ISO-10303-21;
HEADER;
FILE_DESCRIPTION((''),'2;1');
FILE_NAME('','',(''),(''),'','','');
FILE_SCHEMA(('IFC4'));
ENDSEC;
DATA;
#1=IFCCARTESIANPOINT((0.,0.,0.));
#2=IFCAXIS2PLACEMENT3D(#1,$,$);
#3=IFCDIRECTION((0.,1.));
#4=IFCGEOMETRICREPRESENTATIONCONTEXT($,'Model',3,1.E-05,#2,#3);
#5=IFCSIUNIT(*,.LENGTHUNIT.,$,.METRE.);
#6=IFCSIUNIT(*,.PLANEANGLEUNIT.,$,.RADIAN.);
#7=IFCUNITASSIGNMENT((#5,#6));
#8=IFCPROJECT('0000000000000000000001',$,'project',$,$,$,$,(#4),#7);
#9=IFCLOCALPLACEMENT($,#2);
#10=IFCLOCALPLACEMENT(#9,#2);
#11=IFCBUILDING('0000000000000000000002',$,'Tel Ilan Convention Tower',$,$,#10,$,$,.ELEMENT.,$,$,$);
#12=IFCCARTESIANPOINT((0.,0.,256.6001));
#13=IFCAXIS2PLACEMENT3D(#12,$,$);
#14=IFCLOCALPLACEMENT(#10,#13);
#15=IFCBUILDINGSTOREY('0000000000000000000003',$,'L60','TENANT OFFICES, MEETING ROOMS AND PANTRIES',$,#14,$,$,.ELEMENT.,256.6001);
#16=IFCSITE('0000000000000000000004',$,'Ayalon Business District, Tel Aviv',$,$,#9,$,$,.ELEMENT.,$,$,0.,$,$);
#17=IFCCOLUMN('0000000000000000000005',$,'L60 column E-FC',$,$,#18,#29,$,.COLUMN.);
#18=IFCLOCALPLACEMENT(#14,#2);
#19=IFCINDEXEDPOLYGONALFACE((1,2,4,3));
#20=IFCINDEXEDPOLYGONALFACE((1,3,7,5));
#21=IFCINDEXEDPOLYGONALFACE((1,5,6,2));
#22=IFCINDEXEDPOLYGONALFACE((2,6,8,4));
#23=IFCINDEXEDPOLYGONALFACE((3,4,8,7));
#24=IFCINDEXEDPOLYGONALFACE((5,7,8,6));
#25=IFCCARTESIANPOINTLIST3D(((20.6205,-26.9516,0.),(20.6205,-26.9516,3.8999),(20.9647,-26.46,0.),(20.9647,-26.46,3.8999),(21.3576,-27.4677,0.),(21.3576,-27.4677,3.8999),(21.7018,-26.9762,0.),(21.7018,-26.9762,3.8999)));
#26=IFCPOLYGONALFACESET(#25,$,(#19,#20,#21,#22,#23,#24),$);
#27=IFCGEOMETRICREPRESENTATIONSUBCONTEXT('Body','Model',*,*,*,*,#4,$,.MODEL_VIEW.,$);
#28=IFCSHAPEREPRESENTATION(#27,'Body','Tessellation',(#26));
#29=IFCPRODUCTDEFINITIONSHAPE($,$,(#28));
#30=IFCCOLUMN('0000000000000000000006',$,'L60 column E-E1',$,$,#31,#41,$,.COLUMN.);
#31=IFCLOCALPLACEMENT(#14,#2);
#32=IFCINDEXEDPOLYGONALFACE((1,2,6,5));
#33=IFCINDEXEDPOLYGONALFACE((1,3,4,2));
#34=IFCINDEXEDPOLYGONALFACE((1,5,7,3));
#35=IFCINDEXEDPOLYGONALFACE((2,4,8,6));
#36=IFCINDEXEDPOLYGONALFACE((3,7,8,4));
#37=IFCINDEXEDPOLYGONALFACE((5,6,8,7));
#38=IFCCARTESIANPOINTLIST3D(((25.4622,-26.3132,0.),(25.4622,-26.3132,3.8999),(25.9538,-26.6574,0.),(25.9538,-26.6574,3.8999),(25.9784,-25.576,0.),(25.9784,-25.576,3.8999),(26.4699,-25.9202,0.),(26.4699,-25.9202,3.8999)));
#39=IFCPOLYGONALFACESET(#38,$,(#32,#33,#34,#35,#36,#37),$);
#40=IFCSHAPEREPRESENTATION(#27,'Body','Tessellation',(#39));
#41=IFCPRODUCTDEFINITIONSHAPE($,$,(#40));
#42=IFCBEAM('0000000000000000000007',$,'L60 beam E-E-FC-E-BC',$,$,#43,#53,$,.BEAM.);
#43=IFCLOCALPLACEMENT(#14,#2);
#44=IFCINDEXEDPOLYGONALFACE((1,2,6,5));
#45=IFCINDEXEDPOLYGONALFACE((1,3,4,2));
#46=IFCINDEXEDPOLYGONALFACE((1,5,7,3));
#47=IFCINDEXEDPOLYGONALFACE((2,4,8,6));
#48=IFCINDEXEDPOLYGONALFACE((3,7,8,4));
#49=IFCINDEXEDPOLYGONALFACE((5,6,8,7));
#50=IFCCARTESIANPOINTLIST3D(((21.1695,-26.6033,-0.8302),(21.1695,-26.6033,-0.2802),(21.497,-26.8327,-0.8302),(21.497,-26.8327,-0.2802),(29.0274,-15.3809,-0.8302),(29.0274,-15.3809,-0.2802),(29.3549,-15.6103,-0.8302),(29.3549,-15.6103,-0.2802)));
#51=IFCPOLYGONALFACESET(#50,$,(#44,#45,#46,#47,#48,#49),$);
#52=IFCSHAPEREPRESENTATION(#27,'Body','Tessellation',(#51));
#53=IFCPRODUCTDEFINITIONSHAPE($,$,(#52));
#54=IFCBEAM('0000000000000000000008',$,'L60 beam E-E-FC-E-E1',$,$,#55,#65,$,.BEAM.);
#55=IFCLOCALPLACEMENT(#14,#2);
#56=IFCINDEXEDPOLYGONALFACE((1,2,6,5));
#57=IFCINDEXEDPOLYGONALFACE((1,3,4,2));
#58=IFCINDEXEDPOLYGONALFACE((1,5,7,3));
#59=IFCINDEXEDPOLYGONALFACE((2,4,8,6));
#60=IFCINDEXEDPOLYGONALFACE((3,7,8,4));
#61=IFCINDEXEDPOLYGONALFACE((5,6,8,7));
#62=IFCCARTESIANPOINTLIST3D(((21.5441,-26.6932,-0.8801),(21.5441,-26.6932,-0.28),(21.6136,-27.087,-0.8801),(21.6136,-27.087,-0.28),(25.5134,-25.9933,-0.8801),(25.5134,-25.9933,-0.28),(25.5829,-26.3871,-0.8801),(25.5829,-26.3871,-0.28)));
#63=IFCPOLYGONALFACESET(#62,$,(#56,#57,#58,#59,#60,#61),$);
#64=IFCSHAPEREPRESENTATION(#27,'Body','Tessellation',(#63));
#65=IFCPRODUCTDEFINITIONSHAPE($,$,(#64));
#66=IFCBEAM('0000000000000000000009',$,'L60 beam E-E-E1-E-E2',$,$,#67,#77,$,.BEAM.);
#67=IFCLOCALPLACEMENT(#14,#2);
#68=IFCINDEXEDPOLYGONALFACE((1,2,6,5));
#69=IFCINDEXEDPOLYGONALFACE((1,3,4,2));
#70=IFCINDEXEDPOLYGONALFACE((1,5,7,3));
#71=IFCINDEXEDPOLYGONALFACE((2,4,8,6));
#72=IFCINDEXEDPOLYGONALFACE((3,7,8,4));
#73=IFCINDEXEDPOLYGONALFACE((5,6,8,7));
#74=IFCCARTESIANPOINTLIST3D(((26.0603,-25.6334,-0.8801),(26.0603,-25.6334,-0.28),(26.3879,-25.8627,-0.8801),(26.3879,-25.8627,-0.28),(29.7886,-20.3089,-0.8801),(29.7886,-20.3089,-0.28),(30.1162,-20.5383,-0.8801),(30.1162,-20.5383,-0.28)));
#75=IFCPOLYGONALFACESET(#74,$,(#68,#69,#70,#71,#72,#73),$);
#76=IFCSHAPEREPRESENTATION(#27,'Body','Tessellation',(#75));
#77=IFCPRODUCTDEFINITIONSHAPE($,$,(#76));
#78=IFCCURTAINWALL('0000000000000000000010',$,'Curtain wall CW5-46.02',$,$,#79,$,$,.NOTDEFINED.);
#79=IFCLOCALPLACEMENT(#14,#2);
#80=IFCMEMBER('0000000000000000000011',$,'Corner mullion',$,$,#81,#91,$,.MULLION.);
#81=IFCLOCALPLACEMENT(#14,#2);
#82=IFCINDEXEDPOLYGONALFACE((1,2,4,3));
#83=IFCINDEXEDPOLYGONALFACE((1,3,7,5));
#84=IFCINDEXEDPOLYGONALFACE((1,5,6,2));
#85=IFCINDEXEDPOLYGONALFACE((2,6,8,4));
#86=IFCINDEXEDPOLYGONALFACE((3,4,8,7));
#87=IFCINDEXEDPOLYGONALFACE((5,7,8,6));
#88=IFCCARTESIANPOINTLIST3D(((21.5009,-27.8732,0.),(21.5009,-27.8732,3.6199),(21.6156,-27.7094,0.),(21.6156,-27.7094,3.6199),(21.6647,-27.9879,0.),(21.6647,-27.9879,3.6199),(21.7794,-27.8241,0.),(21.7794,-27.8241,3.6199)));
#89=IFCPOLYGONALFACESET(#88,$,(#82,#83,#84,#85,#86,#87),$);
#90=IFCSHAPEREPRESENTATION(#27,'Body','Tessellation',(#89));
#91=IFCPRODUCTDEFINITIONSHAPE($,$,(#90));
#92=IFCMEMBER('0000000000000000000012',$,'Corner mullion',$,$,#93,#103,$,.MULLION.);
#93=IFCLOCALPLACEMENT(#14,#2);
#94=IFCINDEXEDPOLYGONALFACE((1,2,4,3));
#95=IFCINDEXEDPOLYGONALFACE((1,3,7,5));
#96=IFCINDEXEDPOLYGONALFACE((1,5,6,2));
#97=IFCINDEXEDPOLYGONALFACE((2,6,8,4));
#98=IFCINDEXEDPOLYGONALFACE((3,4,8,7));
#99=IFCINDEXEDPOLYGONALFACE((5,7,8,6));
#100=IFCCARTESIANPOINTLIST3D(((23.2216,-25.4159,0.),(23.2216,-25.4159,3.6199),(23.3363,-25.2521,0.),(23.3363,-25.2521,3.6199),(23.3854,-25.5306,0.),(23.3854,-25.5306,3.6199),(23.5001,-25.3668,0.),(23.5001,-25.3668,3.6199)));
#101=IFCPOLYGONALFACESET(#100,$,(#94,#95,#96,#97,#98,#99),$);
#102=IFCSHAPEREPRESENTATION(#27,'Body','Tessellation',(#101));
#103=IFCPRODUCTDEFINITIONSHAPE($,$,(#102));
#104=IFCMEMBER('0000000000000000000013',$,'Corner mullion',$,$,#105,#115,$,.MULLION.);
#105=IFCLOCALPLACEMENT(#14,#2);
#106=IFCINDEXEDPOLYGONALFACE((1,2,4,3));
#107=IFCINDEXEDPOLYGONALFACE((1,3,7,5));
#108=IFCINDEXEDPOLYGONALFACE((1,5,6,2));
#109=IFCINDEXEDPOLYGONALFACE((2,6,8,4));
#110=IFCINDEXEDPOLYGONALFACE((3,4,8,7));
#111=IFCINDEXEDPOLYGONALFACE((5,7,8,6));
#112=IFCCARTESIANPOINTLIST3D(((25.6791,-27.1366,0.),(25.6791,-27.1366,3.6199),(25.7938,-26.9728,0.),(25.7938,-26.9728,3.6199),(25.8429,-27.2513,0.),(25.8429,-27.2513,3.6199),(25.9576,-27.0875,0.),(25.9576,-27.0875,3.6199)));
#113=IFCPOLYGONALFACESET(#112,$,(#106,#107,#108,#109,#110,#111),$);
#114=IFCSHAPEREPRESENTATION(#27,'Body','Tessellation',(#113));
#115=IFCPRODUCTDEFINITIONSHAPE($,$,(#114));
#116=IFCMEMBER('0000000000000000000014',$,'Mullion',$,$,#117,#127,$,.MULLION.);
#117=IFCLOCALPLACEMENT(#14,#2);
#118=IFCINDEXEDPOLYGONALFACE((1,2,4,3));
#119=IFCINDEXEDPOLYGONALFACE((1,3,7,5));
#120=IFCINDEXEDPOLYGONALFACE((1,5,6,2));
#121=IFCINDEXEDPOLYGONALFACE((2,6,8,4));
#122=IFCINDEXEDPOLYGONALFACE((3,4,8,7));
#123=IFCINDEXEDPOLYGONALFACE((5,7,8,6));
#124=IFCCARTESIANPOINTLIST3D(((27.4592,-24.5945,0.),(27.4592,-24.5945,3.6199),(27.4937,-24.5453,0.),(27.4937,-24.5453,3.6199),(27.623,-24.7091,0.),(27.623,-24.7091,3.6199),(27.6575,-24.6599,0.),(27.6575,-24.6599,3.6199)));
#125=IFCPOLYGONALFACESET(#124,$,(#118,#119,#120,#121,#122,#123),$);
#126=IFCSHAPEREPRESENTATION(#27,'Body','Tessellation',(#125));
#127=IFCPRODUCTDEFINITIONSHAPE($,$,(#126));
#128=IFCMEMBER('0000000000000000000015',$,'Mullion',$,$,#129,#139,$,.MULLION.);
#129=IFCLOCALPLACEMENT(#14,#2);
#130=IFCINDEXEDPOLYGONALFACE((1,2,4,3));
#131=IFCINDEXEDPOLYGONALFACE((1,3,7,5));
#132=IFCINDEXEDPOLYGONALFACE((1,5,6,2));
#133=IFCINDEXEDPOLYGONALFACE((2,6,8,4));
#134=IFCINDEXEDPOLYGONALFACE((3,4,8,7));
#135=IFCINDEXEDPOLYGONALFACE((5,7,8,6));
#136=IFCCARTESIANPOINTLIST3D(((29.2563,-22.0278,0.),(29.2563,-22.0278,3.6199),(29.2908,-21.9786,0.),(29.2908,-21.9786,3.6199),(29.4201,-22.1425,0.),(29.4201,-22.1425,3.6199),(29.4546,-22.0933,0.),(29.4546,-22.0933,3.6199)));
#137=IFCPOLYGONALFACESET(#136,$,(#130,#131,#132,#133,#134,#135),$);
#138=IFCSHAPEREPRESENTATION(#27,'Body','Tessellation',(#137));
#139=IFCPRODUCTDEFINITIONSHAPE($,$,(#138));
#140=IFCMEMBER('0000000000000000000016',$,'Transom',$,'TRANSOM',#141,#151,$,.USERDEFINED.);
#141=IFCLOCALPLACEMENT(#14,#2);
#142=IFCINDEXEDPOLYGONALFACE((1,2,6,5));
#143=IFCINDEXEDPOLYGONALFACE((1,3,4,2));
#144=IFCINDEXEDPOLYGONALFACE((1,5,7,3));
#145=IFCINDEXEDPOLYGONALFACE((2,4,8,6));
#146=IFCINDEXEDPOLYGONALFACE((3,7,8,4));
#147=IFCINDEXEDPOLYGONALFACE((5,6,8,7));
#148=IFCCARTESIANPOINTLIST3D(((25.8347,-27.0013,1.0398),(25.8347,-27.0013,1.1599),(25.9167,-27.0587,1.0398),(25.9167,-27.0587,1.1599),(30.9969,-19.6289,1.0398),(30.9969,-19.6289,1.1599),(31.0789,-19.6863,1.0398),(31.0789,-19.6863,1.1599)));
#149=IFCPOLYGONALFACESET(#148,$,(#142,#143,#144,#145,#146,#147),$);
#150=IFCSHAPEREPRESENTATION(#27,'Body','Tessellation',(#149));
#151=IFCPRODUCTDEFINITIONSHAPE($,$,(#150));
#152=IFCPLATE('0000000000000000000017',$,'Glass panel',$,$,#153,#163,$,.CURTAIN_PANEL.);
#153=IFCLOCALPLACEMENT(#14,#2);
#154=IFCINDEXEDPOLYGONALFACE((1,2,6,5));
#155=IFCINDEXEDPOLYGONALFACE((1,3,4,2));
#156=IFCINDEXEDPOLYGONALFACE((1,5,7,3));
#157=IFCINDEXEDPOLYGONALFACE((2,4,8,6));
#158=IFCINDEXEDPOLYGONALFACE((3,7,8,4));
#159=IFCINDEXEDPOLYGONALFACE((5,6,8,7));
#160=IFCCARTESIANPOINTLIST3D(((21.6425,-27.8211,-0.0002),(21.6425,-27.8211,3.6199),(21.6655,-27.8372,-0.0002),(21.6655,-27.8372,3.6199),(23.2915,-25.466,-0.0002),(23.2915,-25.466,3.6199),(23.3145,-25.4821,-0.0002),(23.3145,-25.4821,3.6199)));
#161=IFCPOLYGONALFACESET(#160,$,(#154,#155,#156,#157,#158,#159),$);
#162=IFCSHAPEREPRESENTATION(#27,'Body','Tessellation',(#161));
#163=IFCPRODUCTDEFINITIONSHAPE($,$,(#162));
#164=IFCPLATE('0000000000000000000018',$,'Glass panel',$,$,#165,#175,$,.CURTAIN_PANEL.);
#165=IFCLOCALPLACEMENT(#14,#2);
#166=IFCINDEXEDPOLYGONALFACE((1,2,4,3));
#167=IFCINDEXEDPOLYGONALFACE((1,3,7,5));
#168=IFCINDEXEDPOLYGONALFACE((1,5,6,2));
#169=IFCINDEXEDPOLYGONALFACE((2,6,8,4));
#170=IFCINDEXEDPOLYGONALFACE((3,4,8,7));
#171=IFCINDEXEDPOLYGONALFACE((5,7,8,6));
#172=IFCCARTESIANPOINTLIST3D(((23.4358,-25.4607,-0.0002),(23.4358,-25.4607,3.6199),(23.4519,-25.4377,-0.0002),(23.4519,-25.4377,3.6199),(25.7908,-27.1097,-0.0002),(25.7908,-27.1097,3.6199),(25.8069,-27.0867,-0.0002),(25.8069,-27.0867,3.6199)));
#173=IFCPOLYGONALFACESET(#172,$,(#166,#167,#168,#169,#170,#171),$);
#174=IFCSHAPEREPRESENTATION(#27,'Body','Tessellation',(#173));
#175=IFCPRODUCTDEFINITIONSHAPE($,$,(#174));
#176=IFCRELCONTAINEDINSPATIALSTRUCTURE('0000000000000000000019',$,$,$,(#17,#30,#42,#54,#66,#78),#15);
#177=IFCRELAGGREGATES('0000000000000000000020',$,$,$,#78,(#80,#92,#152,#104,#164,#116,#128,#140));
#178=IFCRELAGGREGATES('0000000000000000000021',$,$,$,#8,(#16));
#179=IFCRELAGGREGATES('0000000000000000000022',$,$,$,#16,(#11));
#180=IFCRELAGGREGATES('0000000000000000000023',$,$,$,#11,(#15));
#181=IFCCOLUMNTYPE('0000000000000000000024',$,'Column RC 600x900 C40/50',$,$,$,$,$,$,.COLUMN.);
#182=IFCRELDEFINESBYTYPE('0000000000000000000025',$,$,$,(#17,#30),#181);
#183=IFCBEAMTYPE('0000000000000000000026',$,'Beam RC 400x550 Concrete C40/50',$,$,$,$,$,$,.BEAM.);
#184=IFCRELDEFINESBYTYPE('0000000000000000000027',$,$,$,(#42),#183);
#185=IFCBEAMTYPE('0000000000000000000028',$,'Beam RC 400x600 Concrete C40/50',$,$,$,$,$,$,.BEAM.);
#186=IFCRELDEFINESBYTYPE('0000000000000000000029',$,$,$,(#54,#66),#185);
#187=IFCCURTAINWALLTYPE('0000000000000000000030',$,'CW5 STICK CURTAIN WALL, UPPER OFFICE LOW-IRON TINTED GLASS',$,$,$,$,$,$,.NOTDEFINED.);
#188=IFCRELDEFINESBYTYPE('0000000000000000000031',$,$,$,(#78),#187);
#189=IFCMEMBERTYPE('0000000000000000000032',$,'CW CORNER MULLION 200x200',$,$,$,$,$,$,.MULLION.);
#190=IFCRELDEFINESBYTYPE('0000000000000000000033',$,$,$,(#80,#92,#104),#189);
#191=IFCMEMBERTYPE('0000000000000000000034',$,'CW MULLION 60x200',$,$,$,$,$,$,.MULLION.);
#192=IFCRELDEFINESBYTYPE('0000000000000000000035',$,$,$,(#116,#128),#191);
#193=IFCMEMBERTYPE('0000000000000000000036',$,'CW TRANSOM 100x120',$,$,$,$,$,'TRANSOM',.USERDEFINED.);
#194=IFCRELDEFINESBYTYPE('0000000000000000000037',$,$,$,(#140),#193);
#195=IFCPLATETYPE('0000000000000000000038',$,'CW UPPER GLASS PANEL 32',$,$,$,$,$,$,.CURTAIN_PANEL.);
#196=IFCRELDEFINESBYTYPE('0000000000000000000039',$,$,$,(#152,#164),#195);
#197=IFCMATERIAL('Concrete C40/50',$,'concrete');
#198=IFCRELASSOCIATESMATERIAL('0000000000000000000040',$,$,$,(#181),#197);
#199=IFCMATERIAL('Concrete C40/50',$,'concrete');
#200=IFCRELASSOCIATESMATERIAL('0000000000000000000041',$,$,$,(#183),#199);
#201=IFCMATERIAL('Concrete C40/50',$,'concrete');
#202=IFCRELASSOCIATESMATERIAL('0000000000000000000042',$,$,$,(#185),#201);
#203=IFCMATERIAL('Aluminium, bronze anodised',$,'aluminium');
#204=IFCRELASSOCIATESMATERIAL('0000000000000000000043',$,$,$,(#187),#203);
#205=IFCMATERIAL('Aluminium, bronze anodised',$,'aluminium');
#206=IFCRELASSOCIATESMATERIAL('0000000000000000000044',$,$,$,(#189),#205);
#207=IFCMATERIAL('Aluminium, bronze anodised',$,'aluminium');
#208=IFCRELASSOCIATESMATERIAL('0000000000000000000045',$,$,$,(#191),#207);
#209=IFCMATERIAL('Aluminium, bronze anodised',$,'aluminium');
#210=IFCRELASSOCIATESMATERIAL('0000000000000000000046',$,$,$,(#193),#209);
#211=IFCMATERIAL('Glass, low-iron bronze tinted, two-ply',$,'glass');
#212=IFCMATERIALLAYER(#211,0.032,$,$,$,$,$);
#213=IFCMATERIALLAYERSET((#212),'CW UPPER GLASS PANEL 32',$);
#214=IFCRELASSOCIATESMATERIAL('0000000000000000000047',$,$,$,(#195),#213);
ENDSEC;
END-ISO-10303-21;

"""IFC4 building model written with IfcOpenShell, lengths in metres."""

from ifc_helpers import new_model, si_unit, direction, frame, origin, origin_2d, place, context, subcontext, project, spatial, rectangle, extrude, material, layer, layer_set, material_profile, profile_set, type_object, element, aggregate, save


model = new_model("IFC4")

# Units and contexts
model_context = context("Model", 3, precision=1e-05, world=origin(), true_north=direction((0.0, 1.0)))
body_context = subcontext(model_context, "Body", "Model", "MODEL_VIEW")
ifc_project = project(units=[si_unit("LENGTHUNIT", "METRE"), si_unit("PLANEANGLEUNIT", "RADIAN")], contexts=[model_context])

# Site, building, storey
site_placement = place(None, origin())
site = spatial("IfcSite", under=ifc_project, at=site_placement, Name="Ayalon Business District, Tel Aviv", CompositionType="ELEMENT", RefElevation=0.0)
building_placement = place(site_placement, origin())
building = spatial("IfcBuilding", under=site, at=building_placement, Name="Tel Ilan Convention Tower", CompositionType="ELEMENT")
storey_placement = place(building_placement, frame((0.0, 0.0, 256.6001)))
storey = spatial("IfcBuildingStorey", under=building, at=storey_placement, Name="L60", Description="TENANT OFFICES, MEETING ROOMS AND PANTRIES", CompositionType="ELEMENT", Elevation=256.6001)

# Columns
ifc_material_1 = material(Name="Concrete C40/50", Category="concrete")
ifc_material_profile_1 = material_profile(ifc_material_1, rectangle(XDim=0.8999, YDim=0.6001, at=origin_2d()), Name="RC 600x900")
ifc_profile_set_1 = profile_set([ifc_material_profile_1], Name="Concrete C40/50")
column_type = type_object("IfcColumnType", Name="Column RC 600x900 C40/50", PredefinedType="COLUMN", material=ifc_profile_set_1)
for number, where, z_axis, x_axis, name in (
    (1, (21.1611, -26.9639, 0.0), (0.0, 0.0, 1.0), (0.819152, -0.573576, 0.0), "L60 column E-FC"),
    (2, (25.9661, -26.1167, 0.0), (0.0, 0.0, 1.0), (0.573576, 0.819152, 0.0), "L60 column E-E1"),
):
    element("IfcColumn", number, at=place(storey_placement, frame(where, z_axis=z_axis, x_axis=x_axis)), inside=storey, type_object=column_type, Name=name, PredefinedType="COLUMN", context=body_context, shape_type="SweptSolid", body=[
        extrude(rectangle(XDim=0.8999, YDim=0.6001, at=origin_2d()), origin(), (0.0, 0.0, 1.0), 3.8999),
    ])

# Beams
ifc_material_2 = material(Name="Concrete C40/50", Category="concrete")
ifc_material_profile_2 = material_profile(ifc_material_2, rectangle(XDim=0.3999, YDim=0.55, at=origin_2d()), Name="RC 400x550")
ifc_profile_set_2 = profile_set([ifc_material_profile_2], Name="Concrete C40/50")
beam_type_1 = type_object("IfcBeamType", Name="Beam RC 400x550 Concrete C40/50", PredefinedType="BEAM", material=ifc_profile_set_2)
beam_1_placement = place(storey_placement, frame((21.3333, -26.718, -0.5552), z_axis=(0.573571, 0.819156, 0.0), x_axis=(-0.819156, 0.573571, 0.0)))
element("IfcBeam", 3, at=beam_1_placement, inside=storey, type_object=beam_type_1, Name="L60 beam E-E-FC-E-BC", PredefinedType="BEAM", context=body_context, shape_type="SweptSolid", body=[
    extrude(rectangle(XDim=0.3999, YDim=0.55, at=origin_2d()), origin(), (0.0, 0.0, 1.0), 13.7),
])
ifc_material_3 = material(Name="Concrete C40/50", Category="concrete")
ifc_material_profile_3 = material_profile(ifc_material_3, rectangle(XDim=0.3999, YDim=0.6001, at=origin_2d()), Name="RC 400x600")
ifc_profile_set_3 = profile_set([ifc_material_profile_3], Name="Concrete C40/50")
beam_type_2 = type_object("IfcBeamType", Name="Beam RC 400x600 Concrete C40/50", PredefinedType="BEAM", material=ifc_profile_set_3)
beam_2_placement = place(storey_placement, frame((21.5789, -26.8901, -0.5801), z_axis=(0.984805, 0.173664, 0.0), x_axis=(-0.173664, 0.984805, 0.0)))
element("IfcBeam", 4, at=beam_2_placement, inside=storey, type_object=beam_type_2, Name="L60 beam E-E-FC-E-E1", PredefinedType="BEAM", context=body_context, shape_type="SweptSolid", body=[
    extrude(rectangle(XDim=0.3999, YDim=0.6001, at=origin_2d()), origin(), (0.0, 0.0, 1.0), 4.0305),
])
beam_3_placement = place(storey_placement, frame((26.2241, -25.748, -0.5801), z_axis=(0.573581, 0.819149, 0.0), x_axis=(-0.819149, 0.573581, 0.0)))
element("IfcBeam", 5, at=beam_3_placement, inside=storey, type_object=beam_type_2, Name="L60 beam E-E-E1-E-E2", PredefinedType="BEAM", context=body_context, shape_type="SweptSolid", body=[
    extrude(rectangle(XDim=0.3999, YDim=0.6001, at=origin_2d()), origin(), (0.0, 0.0, 1.0), 6.5),
])

# Curtain wall, members, plates
ifc_material_4 = material(Name="Aluminium, bronze anodised", Category="aluminium")
curtain_wall_type = type_object("IfcCurtainWallType", Name="CW5 STICK CURTAIN WALL, UPPER OFFICE LOW-IRON TINTED GLASS", PredefinedType="NOTDEFINED", material=ifc_material_4)
curtain_wall_placement = place(storey_placement, origin())
curtain_wall = element("IfcCurtainWall", 6, at=curtain_wall_placement, inside=storey, type_object=curtain_wall_type, Name="Curtain wall CW5-46.02", PredefinedType="NOTDEFINED")
ifc_material_5 = material(Name="Aluminium, bronze anodised", Category="aluminium")
ifc_material_profile_4 = material_profile(ifc_material_5, rectangle(XDim=0.2, YDim=0.2, at=origin_2d()), Name="CW CORNER MULLION 200x200")
ifc_profile_set_4 = profile_set([ifc_material_profile_4], Name="Aluminium, bronze anodised")
member_type_1 = type_object("IfcMemberType", Name="CW CORNER MULLION 200x200", PredefinedType="MULLION", material=ifc_profile_set_4)
member_1_placement = place(storey_placement, frame((21.6401, -27.8486, 0.0), z_axis=(0.0, 0.0, 1.0), x_axis=(0.819152, -0.573576, 0.0)))
member_1 = element("IfcMember", 7, at=member_1_placement, type_object=member_type_1, Name="Corner mullion", PredefinedType="MULLION", context=body_context, shape_type="SweptSolid", body=[
    extrude(rectangle(XDim=0.2, YDim=0.2, at=origin_2d()), origin(), (0.0, 0.0, 1.0), 3.6199),
])
member_2_placement = place(storey_placement, frame((23.3608, -25.3914, 0.0), z_axis=(0.0, 0.0, 1.0), x_axis=(0.573576, 0.819152, 0.0)))
member_2 = element("IfcMember", 8, at=member_2_placement, type_object=member_type_1, Name="Corner mullion", PredefinedType="MULLION", context=body_context, shape_type="SweptSolid", body=[
    extrude(rectangle(XDim=0.2, YDim=0.2, at=origin_2d()), origin(), (0.0, 0.0, 1.0), 3.6199),
])
member_3_placement = place(storey_placement, frame((25.8184, -27.1121, 0.0), z_axis=(0.0, 0.0, 1.0), x_axis=(0.819152, -0.573576, 0.0)))
member_3 = element("IfcMember", 9, at=member_3_placement, type_object=member_type_1, Name="Corner mullion", PredefinedType="MULLION", context=body_context, shape_type="SweptSolid", body=[
    extrude(rectangle(XDim=0.2, YDim=0.2, at=origin_2d()), origin(), (0.0, 0.0, 1.0), 3.6199),
])
ifc_material_6 = material(Name="Aluminium, bronze anodised", Category="aluminium")
ifc_material_profile_5 = material_profile(ifc_material_6, rectangle(XDim=0.0601, YDim=0.2, at=origin_2d()), Name="CW MULLION 60x200")
ifc_profile_set_5 = profile_set([ifc_material_profile_5], Name="Aluminium, bronze anodised")
member_type_2 = type_object("IfcMemberType", Name="CW MULLION 60x200", PredefinedType="MULLION", material=ifc_profile_set_5)
member_4_placement = place(storey_placement, frame((27.5583, -24.6272, 0.0), z_axis=(0.0, 0.0, 1.0), x_axis=(0.573576, 0.819152, 0.0)))
member_4 = element("IfcMember", 10, at=member_4_placement, type_object=member_type_2, Name="Mullion", PredefinedType="MULLION", context=body_context, shape_type="SweptSolid", body=[
    extrude(rectangle(XDim=0.0601, YDim=0.2, at=origin_2d()), origin(), (0.0, 0.0, 1.0), 3.6199),
])
member_5_placement = place(storey_placement, frame((29.3555, -22.0605, 0.0), z_axis=(0.0, 0.0, 1.0), x_axis=(0.573576, 0.819152, 0.0)))
member_5 = element("IfcMember", 11, at=member_5_placement, type_object=member_type_2, Name="Mullion", PredefinedType="MULLION", context=body_context, shape_type="SweptSolid", body=[
    extrude(rectangle(XDim=0.0601, YDim=0.2, at=origin_2d()), origin(), (0.0, 0.0, 1.0), 3.6199),
])
ifc_material_7 = material(Name="Aluminium, bronze anodised", Category="aluminium")
ifc_material_profile_6 = material_profile(ifc_material_7, rectangle(XDim=0.1001, YDim=0.1201, at=origin_2d()), Name="CW TRANSOM 100x120")
ifc_profile_set_6 = profile_set([ifc_material_profile_6], Name="Aluminium, bronze anodised")
member_type_3 = type_object("IfcMemberType", Name="CW TRANSOM 100x120", ElementType="TRANSOM", PredefinedType="USERDEFINED", material=ifc_profile_set_6)
member_6_placement = place(storey_placement, frame((25.8757, -27.03, 1.0999), z_axis=(0.573573, 0.819154, 0.0), x_axis=(-0.819154, 0.573573, 0.0)))
member_6 = element("IfcMember", 12, at=member_6_placement, type_object=member_type_3, Name="Transom", ObjectType="TRANSOM", PredefinedType="USERDEFINED", context=body_context, shape_type="SweptSolid", body=[
    extrude(rectangle(XDim=0.1001, YDim=0.1201, at=origin_2d()), origin(), (0.0, 0.0, 1.0), 9.0),
])
ifc_material_8 = material(Name="Glass, low-iron bronze tinted, two-ply", Category="glass")
ifc_layer_1 = layer(ifc_material_8, 0.032)
ifc_layer_set_1 = layer_set([ifc_layer_1], Name="CW UPPER GLASS PANEL 32")
plate_type = type_object("IfcPlateType", Name="CW UPPER GLASS PANEL 32", PredefinedType="CURTAIN_PANEL", material=ifc_layer_set_1)
plate_1_placement = place(storey_placement, frame((22.4785, -26.6516, -0.0002), z_axis=(0.0, 0.0, 1.0), x_axis=(0.573576, 0.819152, 0.0)))
plate_1 = element("IfcPlate", 13, at=plate_1_placement, type_object=plate_type, Name="Glass panel", PredefinedType="CURTAIN_PANEL", context=body_context, shape_type="SweptSolid", body=[
    extrude(rectangle(XDim=2.875, YDim=0.0281, at=origin_2d()), origin(), (0.0, 0.0, 1.0), 3.6201),
])
plate_2_placement = place(storey_placement, frame((24.6213, -26.2737, -0.0002), z_axis=(0.0, 0.0, 1.0), x_axis=(0.819152, -0.573576, 0.0)))
plate_2 = element("IfcPlate", 14, at=plate_2_placement, type_object=plate_type, Name="Glass panel", PredefinedType="CURTAIN_PANEL", context=body_context, shape_type="SweptSolid", body=[
    extrude(rectangle(XDim=2.875, YDim=0.0281, at=origin_2d()), origin(), (0.0, 0.0, 1.0), 3.6201),
])
aggregate(curtain_wall, [member_1, member_2, plate_1, member_3, plate_2, member_4, member_5, member_6])

save(model, "model.ifc")
